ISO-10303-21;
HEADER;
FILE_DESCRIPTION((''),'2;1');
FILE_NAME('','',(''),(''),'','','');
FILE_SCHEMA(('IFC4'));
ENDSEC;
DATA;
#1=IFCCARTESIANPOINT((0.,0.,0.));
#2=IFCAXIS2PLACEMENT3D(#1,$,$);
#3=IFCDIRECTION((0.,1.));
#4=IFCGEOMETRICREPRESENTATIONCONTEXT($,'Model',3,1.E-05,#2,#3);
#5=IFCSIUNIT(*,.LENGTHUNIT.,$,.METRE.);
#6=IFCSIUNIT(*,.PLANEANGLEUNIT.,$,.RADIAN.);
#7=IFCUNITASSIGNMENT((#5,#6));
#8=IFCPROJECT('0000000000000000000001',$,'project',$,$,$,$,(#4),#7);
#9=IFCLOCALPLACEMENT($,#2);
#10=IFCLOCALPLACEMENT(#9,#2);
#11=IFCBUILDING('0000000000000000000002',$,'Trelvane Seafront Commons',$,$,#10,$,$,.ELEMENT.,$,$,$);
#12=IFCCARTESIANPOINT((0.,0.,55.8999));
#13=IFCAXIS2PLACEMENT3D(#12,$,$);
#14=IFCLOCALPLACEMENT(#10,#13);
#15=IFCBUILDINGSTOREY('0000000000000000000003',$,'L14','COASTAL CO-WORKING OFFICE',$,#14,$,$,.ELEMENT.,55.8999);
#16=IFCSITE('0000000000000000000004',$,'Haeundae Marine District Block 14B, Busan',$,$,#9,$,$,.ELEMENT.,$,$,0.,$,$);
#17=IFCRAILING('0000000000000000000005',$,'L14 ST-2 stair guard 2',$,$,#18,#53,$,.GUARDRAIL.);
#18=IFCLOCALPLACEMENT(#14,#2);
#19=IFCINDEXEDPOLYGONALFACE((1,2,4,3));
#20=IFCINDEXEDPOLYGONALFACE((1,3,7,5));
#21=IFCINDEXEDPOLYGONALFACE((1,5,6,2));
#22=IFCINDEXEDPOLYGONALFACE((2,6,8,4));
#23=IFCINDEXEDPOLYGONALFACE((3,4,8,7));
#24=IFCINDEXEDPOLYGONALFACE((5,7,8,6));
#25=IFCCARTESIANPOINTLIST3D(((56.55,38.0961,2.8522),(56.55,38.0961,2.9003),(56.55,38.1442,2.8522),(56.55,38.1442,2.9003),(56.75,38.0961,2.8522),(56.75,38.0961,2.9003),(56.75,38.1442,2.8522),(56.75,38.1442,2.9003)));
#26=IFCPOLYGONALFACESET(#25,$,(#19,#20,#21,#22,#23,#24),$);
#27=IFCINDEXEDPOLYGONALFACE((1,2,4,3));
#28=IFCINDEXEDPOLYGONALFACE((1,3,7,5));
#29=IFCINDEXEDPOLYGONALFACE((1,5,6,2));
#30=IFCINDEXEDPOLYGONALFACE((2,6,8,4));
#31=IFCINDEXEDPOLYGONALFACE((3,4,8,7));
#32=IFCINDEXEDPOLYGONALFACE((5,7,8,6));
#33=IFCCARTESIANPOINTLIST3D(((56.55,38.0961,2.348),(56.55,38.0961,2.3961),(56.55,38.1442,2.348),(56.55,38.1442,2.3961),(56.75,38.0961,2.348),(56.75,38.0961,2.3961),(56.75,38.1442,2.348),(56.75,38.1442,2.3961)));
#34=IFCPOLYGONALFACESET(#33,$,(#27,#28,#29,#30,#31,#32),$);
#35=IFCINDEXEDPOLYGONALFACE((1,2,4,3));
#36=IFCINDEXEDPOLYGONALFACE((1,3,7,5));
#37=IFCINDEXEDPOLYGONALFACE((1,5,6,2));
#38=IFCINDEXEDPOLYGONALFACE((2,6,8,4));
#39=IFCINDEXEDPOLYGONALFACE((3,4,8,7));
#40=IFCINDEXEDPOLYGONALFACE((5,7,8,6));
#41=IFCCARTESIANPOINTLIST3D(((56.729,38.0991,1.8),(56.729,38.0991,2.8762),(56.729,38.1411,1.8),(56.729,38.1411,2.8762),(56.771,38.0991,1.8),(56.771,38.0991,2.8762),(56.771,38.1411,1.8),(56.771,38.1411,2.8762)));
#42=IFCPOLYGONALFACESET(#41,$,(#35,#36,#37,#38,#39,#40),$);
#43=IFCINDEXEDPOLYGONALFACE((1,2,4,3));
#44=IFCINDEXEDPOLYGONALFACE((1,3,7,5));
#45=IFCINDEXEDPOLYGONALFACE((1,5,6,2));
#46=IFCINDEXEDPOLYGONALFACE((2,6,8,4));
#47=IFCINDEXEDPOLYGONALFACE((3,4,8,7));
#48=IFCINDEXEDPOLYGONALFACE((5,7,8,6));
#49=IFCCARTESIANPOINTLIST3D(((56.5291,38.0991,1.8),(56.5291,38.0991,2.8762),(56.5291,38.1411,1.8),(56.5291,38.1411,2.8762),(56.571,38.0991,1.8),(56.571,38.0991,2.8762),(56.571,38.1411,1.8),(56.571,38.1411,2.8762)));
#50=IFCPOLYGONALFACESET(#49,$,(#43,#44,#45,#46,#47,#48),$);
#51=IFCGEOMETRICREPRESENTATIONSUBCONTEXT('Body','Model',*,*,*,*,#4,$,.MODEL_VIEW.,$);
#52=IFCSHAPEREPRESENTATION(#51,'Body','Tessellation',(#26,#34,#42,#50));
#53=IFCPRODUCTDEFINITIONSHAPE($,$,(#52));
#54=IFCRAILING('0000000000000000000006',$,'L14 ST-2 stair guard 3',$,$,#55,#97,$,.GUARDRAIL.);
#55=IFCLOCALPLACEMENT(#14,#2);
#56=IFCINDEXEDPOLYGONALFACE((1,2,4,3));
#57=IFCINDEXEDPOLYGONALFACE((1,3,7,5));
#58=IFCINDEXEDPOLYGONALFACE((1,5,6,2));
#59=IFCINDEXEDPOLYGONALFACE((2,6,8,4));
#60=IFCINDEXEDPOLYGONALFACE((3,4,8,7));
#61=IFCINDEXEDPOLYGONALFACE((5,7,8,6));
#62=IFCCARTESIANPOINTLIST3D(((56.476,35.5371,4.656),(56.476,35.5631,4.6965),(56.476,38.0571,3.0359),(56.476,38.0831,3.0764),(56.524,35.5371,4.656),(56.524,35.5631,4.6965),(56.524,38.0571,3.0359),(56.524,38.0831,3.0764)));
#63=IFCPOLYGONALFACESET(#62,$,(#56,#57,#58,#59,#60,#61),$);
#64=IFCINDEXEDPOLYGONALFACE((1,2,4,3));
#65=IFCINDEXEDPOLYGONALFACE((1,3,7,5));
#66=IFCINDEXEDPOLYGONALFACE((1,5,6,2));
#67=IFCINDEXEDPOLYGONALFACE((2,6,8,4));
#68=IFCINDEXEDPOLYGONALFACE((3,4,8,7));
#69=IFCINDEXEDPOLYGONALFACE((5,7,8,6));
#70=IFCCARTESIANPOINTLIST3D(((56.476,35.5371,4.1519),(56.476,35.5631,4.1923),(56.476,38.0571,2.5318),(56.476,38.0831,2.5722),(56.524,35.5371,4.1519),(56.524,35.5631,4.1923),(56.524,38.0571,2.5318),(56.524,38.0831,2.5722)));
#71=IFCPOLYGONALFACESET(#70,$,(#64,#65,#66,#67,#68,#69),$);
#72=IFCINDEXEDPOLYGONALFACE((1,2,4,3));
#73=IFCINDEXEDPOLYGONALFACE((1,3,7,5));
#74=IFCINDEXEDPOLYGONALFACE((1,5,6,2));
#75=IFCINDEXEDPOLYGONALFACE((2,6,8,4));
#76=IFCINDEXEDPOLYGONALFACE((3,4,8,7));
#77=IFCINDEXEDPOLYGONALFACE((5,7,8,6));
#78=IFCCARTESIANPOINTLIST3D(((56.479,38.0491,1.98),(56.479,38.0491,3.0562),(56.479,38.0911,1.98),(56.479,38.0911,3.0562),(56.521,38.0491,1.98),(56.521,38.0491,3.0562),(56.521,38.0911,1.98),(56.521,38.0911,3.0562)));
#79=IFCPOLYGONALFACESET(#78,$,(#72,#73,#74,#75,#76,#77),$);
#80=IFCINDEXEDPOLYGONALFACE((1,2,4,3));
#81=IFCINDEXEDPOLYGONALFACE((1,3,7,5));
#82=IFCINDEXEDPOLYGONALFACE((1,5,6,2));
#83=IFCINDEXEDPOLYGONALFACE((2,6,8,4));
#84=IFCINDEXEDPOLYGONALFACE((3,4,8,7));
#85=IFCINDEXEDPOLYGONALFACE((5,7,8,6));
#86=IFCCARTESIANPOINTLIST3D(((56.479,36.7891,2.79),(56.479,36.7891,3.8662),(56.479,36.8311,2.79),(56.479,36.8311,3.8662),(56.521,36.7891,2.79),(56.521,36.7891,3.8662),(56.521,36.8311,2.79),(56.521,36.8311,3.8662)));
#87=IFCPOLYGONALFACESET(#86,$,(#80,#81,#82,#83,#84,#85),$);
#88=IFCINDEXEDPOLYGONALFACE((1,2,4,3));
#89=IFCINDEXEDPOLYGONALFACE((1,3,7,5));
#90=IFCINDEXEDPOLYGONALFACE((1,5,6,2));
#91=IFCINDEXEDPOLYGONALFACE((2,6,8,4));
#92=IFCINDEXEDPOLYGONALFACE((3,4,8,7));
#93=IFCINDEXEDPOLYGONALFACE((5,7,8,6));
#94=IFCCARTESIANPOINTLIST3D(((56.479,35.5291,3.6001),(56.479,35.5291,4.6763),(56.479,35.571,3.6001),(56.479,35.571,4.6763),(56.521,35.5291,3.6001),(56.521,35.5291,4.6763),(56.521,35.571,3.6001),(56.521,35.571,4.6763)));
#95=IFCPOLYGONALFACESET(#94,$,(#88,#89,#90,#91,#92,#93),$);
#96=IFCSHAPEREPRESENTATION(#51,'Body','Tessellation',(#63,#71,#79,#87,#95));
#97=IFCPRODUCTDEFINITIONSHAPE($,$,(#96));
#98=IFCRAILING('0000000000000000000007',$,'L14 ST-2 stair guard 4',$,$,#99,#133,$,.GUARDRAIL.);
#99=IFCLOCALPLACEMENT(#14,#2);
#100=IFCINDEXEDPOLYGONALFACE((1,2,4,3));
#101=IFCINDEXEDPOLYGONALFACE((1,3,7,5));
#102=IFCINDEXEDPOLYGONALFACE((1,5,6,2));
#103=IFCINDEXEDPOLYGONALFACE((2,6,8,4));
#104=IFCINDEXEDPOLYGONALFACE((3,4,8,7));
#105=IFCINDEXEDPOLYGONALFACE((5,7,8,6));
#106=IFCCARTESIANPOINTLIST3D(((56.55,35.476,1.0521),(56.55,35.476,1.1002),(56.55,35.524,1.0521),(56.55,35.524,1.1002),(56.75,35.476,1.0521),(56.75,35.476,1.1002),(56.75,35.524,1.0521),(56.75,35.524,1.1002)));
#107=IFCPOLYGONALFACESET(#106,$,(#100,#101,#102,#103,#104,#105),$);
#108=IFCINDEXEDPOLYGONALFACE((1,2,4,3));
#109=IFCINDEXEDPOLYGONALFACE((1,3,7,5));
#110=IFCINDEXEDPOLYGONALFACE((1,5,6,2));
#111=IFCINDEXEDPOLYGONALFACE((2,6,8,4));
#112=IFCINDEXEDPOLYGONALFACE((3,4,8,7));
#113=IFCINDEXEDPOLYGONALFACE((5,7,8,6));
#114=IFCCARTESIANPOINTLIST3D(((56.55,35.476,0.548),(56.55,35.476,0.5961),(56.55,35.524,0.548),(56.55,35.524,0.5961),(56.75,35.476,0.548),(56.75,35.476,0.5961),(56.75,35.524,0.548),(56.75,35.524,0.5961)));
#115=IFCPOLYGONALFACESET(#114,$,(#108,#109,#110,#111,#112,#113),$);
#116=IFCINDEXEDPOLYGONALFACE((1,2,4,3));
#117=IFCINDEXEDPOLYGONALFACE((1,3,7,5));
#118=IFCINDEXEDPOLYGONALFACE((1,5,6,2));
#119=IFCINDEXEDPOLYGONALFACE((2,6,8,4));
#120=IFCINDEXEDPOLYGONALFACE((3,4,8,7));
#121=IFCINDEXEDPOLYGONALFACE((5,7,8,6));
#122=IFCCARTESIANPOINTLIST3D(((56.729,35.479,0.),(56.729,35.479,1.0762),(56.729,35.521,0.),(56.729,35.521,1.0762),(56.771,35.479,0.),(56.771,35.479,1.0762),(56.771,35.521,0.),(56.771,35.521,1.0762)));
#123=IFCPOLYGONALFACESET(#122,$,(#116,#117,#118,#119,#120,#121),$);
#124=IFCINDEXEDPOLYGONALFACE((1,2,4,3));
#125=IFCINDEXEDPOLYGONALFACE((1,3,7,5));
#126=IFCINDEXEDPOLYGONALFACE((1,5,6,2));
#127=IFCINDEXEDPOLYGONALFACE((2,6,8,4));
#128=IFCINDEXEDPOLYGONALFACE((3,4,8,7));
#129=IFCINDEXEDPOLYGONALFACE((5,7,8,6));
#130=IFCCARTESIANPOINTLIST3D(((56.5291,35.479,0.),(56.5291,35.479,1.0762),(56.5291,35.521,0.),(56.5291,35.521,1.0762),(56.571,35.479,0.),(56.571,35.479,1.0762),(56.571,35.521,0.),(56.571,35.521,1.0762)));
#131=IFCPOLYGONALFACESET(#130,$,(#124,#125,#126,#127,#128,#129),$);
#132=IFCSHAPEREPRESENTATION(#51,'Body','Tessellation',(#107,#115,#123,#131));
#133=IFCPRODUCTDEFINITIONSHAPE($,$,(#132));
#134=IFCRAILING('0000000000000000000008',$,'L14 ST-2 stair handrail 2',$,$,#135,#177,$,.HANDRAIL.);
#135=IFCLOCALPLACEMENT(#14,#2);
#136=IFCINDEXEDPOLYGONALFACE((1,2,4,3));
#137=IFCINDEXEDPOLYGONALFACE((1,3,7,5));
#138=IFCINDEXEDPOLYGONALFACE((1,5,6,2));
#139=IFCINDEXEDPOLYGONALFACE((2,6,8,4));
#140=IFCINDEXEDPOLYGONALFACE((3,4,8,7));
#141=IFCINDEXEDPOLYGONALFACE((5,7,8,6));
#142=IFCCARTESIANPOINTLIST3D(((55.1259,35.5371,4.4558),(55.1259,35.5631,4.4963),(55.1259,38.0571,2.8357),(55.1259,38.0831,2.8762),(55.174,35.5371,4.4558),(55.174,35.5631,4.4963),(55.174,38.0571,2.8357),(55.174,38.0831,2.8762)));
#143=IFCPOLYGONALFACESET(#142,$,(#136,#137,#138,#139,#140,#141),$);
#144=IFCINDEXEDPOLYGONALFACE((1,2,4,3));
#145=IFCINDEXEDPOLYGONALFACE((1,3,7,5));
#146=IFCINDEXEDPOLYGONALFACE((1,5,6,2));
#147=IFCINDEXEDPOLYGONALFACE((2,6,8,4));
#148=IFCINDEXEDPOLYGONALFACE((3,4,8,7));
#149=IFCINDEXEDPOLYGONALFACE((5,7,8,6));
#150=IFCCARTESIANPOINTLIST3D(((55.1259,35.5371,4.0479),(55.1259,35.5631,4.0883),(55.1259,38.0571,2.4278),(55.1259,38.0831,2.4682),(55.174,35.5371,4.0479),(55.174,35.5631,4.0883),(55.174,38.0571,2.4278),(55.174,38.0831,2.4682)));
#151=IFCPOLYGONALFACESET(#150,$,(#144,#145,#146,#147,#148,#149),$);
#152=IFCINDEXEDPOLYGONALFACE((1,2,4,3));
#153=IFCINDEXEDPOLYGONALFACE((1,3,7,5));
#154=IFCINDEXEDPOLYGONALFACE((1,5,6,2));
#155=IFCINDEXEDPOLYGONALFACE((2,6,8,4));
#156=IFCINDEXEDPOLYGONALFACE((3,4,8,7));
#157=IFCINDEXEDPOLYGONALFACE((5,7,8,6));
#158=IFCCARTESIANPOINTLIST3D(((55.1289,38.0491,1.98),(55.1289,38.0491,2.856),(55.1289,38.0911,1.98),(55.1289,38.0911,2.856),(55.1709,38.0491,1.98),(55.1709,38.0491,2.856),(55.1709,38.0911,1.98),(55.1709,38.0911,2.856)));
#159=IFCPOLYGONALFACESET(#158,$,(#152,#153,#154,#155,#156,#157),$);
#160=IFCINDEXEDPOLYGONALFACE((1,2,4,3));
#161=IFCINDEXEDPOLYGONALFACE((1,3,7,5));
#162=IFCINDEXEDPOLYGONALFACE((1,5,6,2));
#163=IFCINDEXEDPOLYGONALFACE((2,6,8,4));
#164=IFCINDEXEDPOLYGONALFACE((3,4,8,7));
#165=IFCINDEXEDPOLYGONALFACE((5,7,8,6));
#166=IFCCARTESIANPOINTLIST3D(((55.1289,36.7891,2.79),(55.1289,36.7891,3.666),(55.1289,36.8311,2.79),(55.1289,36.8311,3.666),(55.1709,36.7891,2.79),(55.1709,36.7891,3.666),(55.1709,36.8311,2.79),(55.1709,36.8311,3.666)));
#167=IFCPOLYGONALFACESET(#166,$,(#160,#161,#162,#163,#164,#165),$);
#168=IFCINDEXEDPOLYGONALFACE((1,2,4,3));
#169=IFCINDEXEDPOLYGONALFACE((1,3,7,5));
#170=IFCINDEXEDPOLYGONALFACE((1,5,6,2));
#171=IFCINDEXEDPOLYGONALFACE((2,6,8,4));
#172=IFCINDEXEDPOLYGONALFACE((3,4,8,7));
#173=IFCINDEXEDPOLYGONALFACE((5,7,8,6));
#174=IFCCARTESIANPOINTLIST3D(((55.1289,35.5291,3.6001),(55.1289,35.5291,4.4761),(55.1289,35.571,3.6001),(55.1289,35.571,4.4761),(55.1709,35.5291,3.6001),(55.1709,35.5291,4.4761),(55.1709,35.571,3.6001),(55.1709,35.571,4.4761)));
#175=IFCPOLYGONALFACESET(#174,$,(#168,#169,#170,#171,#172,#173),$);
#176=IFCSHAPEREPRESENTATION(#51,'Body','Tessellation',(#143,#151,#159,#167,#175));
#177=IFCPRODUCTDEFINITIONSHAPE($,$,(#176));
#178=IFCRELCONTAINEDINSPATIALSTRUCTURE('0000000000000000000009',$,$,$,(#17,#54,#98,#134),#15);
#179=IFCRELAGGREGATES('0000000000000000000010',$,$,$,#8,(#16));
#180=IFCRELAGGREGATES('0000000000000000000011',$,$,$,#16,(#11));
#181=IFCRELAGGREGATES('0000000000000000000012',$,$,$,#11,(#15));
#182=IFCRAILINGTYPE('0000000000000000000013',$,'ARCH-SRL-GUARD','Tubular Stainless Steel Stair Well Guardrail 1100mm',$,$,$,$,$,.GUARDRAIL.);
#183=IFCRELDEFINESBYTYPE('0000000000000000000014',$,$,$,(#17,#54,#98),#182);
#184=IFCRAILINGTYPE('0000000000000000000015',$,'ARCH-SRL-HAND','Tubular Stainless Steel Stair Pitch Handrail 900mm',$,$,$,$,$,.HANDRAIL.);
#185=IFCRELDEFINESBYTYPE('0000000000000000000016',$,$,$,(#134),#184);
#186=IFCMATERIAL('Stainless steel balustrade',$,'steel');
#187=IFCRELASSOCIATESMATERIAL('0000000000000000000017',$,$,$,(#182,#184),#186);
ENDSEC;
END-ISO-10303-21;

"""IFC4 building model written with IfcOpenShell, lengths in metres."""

from ifc_helpers import new_model, si_unit, direction, frame, origin, origin_2d, place, context, subcontext, project, spatial, rectangle, extrude, material, type_object, element, save


model = new_model("IFC4")

# Units and contexts
model_context = context("Model", 3, precision=1e-05, world=origin(), true_north=direction((0.0, 1.0)))
body_context = subcontext(model_context, "Body", "Model", "MODEL_VIEW")
ifc_project = project(units=[si_unit("LENGTHUNIT", "METRE"), si_unit("PLANEANGLEUNIT", "RADIAN")], contexts=[model_context])

# Site, building, storey
site_placement = place(None, origin())
site = spatial("IfcSite", under=ifc_project, at=site_placement, Name="Haeundae Marine District Block 14B, Busan", CompositionType="ELEMENT", RefElevation=0.0)
building_placement = place(site_placement, origin())
building = spatial("IfcBuilding", under=site, at=building_placement, Name="Trelvane Seafront Commons", CompositionType="ELEMENT")
storey_placement = place(building_placement, frame((0.0, 0.0, 55.8999)))
storey = spatial("IfcBuildingStorey", under=building, at=storey_placement, Name="L14", Description="COASTAL CO-WORKING OFFICE", CompositionType="ELEMENT", Elevation=55.8999)

# Railings
ifc_material_1 = material(Name="Stainless steel balustrade", Category="steel")
railing_type_1 = type_object("IfcRailingType", Name="ARCH-SRL-GUARD", Description="Tubular Stainless Steel Stair Well Guardrail 1100mm", PredefinedType="GUARDRAIL", material=ifc_material_1)
railing_1_placement = place(storey_placement, frame((56.75, 38.1201, 1.8)))
element("IfcRailing", 1, at=railing_1_placement, inside=storey, type_object=railing_type_1, Name="L14 ST-2 stair guard 2", PredefinedType="GUARDRAIL", context=body_context, shape_type="SweptSolid", body=[
    extrude(rectangle(XDim=0.0481, YDim=0.0481, at=origin_2d()), frame((0.0, 0.0, 1.0762), z_axis=(-1.0, 0.0, 0.0), x_axis=(0.0, -1.0, 0.0)), (0.0, 0.0, 1.0), 0.2),
    extrude(rectangle(XDim=0.0481, YDim=0.0481, at=origin_2d()), frame((0.0, 0.0, 0.572), z_axis=(-1.0, 0.0, 0.0), x_axis=(0.0, -1.0, 0.0)), (0.0, 0.0, 1.0), 0.2),
    extrude(rectangle(XDim=0.042, YDim=0.042, at=origin_2d()), origin(), (0.0, 0.0, 1.0), 1.0762),
    extrude(rectangle(XDim=0.042, YDim=0.042, at=origin_2d()), frame((-0.2, 0.0, 0.0)), (0.0, 0.0, 1.0), 1.0762),
])
railing_2_placement = place(storey_placement, frame((56.5, 38.0701, 1.98)))
element("IfcRailing", 2, at=railing_2_placement, inside=storey, type_object=railing_type_1, Name="L14 ST-2 stair guard 3", PredefinedType="GUARDRAIL", context=body_context, shape_type="SweptSolid", body=[
    extrude(rectangle(XDim=0.0481, YDim=0.0481, at=origin_2d()), frame((0.0, 0.0, 1.0762), z_axis=(0.0, -0.841163, 0.540782), x_axis=(1.0, 0.0, 0.0)), (0.0, 0.0, 1.0), 2.9958),
    extrude(rectangle(XDim=0.0481, YDim=0.0481, at=origin_2d()), frame((0.0, 0.0, 0.572), z_axis=(0.0, -0.841163, 0.540782), x_axis=(1.0, 0.0, 0.0)), (0.0, 0.0, 1.0), 2.9958),
    extrude(rectangle(XDim=0.042, YDim=0.042, at=origin_2d()), origin(), (0.0, 0.0, 1.0), 1.0762),
    extrude(rectangle(XDim=0.042, YDim=0.042, at=origin_2d()), frame((0.0, -1.26, 0.8101)), (0.0, 0.0, 1.0), 1.0762),
    extrude(rectangle(XDim=0.042, YDim=0.042, at=origin_2d()), frame((0.0, -2.52, 1.6201)), (0.0, 0.0, 1.0), 1.0762),
])
railing_3_placement = place(storey_placement, frame((56.75, 35.5, 0.0)))
element("IfcRailing", 3, at=railing_3_placement, inside=storey, type_object=railing_type_1, Name="L14 ST-2 stair guard 4", PredefinedType="GUARDRAIL", context=body_context, shape_type="SweptSolid", body=[
    extrude(rectangle(XDim=0.0481, YDim=0.0481, at=origin_2d()), frame((0.0, 0.0, 1.0762), z_axis=(-1.0, 0.0, 0.0), x_axis=(0.0, -1.0, 0.0)), (0.0, 0.0, 1.0), 0.2),
    extrude(rectangle(XDim=0.0481, YDim=0.0481, at=origin_2d()), frame((0.0, 0.0, 0.572), z_axis=(-1.0, 0.0, 0.0), x_axis=(0.0, -1.0, 0.0)), (0.0, 0.0, 1.0), 0.2),
    extrude(rectangle(XDim=0.042, YDim=0.042, at=origin_2d()), origin(), (0.0, 0.0, 1.0), 1.0762),
    extrude(rectangle(XDim=0.042, YDim=0.042, at=origin_2d()), frame((-0.2, 0.0, 0.0)), (0.0, 0.0, 1.0), 1.0762),
])
railing_type_2 = type_object("IfcRailingType", Name="ARCH-SRL-HAND", Description="Tubular Stainless Steel Stair Pitch Handrail 900mm", PredefinedType="HANDRAIL", material=ifc_material_1)
railing_4_placement = place(storey_placement, frame((55.1499, 38.0701, 1.98)))
element("IfcRailing", 4, at=railing_4_placement, inside=storey, type_object=railing_type_2, Name="L14 ST-2 stair handrail 2", PredefinedType="HANDRAIL", context=body_context, shape_type="SweptSolid", body=[
    extrude(rectangle(XDim=0.0481, YDim=0.0481, at=origin_2d()), frame((0.0, 0.0, 0.876), z_axis=(0.0, -0.841163, 0.540782), x_axis=(1.0, 0.0, 0.0)), (0.0, 0.0, 1.0), 2.9958),
    extrude(rectangle(XDim=0.0481, YDim=0.0481, at=origin_2d()), frame((0.0, 0.0, 0.468), z_axis=(0.0, -0.841163, 0.540782), x_axis=(1.0, 0.0, 0.0)), (0.0, 0.0, 1.0), 2.9958),
    extrude(rectangle(XDim=0.042, YDim=0.042, at=origin_2d()), origin(), (0.0, 0.0, 1.0), 0.876),
    extrude(rectangle(XDim=0.042, YDim=0.042, at=origin_2d()), frame((0.0, -1.26, 0.8101)), (0.0, 0.0, 1.0), 0.876),
    extrude(rectangle(XDim=0.042, YDim=0.042, at=origin_2d()), frame((0.0, -2.52, 1.6201)), (0.0, 0.0, 1.0), 0.876),
])

save(model, "model.ifc")
